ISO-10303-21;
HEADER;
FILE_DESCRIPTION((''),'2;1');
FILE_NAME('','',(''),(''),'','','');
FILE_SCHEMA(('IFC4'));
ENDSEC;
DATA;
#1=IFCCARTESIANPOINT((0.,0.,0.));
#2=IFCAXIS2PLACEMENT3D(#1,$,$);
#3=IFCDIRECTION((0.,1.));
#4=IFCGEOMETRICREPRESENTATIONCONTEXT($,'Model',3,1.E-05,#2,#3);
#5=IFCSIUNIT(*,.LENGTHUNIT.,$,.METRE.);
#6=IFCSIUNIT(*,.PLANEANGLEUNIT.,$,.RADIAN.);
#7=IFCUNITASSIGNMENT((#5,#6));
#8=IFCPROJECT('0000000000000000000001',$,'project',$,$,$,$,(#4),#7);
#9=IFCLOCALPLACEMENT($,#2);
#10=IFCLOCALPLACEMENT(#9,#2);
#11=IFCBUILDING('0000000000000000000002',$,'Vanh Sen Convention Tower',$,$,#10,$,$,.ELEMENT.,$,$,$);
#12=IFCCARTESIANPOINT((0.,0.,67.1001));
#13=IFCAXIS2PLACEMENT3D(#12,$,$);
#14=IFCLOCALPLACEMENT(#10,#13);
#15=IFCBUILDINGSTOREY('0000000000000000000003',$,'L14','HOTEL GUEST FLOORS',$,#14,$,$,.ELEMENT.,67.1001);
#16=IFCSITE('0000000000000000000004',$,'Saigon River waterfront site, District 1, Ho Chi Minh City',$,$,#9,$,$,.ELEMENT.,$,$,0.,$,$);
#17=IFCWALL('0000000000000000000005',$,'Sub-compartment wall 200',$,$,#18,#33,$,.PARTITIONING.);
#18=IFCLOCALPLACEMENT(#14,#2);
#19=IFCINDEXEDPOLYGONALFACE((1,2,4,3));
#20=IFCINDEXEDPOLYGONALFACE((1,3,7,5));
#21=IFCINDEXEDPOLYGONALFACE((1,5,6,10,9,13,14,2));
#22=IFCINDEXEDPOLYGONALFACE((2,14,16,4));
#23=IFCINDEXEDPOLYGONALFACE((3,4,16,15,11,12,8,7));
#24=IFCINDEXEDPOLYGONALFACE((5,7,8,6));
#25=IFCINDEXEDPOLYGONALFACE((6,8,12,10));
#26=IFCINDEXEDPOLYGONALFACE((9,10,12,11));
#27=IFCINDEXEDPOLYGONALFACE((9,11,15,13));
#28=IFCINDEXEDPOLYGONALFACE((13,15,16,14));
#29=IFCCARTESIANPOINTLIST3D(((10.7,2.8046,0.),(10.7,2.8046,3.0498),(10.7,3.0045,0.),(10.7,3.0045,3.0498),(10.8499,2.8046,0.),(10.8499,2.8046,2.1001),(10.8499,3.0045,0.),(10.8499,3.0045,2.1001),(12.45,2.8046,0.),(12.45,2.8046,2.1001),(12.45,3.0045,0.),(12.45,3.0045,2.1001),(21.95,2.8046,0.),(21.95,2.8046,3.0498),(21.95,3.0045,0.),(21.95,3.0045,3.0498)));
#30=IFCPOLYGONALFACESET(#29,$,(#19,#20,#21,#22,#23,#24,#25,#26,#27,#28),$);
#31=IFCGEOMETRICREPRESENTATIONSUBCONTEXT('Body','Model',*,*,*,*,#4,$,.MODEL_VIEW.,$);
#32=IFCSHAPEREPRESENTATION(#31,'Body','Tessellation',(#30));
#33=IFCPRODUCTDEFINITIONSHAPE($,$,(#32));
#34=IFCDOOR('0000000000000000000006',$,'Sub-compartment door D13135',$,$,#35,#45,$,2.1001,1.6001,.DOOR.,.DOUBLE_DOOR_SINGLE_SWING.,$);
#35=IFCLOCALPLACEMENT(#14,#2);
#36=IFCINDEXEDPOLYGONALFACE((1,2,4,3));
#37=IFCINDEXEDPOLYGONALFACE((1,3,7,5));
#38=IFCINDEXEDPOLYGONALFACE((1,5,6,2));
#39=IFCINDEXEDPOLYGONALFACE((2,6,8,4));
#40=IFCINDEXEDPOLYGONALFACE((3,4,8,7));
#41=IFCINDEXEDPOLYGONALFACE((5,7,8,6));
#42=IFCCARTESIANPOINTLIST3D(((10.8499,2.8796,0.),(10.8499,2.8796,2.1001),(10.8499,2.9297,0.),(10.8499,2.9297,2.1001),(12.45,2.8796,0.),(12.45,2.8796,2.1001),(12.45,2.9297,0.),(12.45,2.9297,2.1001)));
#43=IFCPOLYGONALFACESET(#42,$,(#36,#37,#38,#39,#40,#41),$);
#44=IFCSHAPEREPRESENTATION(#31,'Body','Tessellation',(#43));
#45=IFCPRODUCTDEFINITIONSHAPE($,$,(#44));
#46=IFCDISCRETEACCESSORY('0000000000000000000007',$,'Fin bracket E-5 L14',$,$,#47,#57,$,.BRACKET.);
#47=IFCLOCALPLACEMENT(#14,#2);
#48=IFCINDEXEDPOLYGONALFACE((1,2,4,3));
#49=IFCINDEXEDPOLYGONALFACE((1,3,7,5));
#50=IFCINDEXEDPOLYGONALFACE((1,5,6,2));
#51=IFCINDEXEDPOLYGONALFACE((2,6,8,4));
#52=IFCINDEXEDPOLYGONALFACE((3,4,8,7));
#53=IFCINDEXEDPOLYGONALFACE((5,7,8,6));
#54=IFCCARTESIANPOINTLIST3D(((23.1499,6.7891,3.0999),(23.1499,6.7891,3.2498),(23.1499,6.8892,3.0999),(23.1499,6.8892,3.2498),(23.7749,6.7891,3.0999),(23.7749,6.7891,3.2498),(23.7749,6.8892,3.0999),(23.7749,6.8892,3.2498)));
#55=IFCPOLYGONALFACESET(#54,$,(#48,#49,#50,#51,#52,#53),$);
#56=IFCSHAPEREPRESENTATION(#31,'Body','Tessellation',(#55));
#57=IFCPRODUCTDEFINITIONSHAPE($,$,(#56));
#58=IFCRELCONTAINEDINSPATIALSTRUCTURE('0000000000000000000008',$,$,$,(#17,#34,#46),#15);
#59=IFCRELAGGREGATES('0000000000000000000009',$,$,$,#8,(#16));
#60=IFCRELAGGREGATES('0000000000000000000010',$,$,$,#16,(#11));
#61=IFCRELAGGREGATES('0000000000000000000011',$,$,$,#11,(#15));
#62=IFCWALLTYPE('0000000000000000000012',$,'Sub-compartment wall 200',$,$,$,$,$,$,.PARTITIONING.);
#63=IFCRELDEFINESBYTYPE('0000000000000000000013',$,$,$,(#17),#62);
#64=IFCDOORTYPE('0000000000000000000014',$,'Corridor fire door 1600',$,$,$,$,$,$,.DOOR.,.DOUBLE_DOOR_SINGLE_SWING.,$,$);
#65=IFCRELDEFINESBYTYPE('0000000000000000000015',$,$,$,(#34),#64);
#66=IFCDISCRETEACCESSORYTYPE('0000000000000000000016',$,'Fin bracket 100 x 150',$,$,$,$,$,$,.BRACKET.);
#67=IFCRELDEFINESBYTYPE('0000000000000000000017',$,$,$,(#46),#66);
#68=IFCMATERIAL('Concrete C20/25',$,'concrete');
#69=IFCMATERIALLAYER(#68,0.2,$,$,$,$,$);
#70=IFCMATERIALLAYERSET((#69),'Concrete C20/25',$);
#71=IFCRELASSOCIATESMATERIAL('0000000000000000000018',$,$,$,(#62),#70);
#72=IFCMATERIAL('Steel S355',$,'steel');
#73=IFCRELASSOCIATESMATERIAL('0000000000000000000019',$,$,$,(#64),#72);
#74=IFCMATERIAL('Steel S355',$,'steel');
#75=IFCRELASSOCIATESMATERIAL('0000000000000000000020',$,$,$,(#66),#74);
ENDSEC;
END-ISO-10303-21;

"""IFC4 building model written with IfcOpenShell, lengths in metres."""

from ifc_helpers import new_model, si_unit, direction, frame, frame_2d, origin, origin_2d, place, context, subcontext, project, spatial, rectangle, extrude, material, layer, layer_set, type_object, element, fill, save


model = new_model("IFC4")

# Units and contexts
model_context = context("Model", 3, precision=1e-05, world=origin(), true_north=direction((0.0, 1.0)))
body_context = subcontext(model_context, "Body", "Model", "MODEL_VIEW")
ifc_project = project(units=[si_unit("LENGTHUNIT", "METRE"), si_unit("PLANEANGLEUNIT", "RADIAN")], contexts=[model_context])

# Site, building, storey
site_placement = place(None, origin())
site = spatial("IfcSite", under=ifc_project, at=site_placement, Name="Saigon River waterfront site, District 1, Ho Chi Minh City", CompositionType="ELEMENT", RefElevation=0.0)
building_placement = place(site_placement, origin())
building = spatial("IfcBuilding", under=site, at=building_placement, Name="Vanh Sen Convention Tower", CompositionType="ELEMENT")
storey_placement = place(building_placement, frame((0.0, 0.0, 67.1001)))
storey = spatial("IfcBuildingStorey", under=building, at=storey_placement, Name="L14", Description="HOTEL GUEST FLOORS", CompositionType="ELEMENT", Elevation=67.1001)

# Wall, opening, door
ifc_material_1 = material(Name="Concrete C20/25", Category="concrete")
ifc_layer_1 = layer(ifc_material_1, 0.2)
ifc_layer_set_1 = layer_set([ifc_layer_1], Name="Concrete C20/25")
wall_type_1 = type_object("IfcWallType", Name="Sub-compartment wall 200", PredefinedType="PARTITIONING", material=ifc_layer_set_1)
wall_1_placement = place(storey_placement, frame((21.95, 2.9045, 0.0), z_axis=(0.0, 0.0, 1.0), x_axis=(-1.0, 0.0, 0.0)))
wall_1 = element("IfcWall", 1, at=wall_1_placement, inside=storey, type_object=wall_type_1, Name="Sub-compartment wall 200", PredefinedType="PARTITIONING", context=body_context, shape_type="SweptSolid", body=[
    extrude(rectangle(XDim=11.25, YDim=0.2, at=frame_2d((5.625, 0.0))), origin(), (0.0, 0.0, 1.0), 3.0498),
])
opening_1_placement = place(wall_1_placement, frame((9.5, 0.0, 0.0)))
opening_1 = element("IfcOpeningElement", 2, at=opening_1_placement, cuts=wall_1, PredefinedType="OPENING", context=body_context, shape_type="SweptSolid", body=[
    extrude(rectangle(XDim=1.6001, YDim=2.1001, at=frame_2d((0.8, 1.05))), frame((0.0, 0.1099, 0.0), z_axis=(0.0, -1.0, 0.0), x_axis=(1.0, 0.0, 0.0)), (0.0, 0.0, 1.0), 0.22),
])
ifc_material_2 = material(Name="Steel S355", Category="steel")
door_type_1 = type_object("IfcDoorType", Name="Corridor fire door 1600", OperationType="DOUBLE_DOOR_SINGLE_SWING", PredefinedType="DOOR", material=ifc_material_2)
door_1_placement = place(opening_1_placement, origin())
door_1 = element("IfcDoor", 3, at=door_1_placement, inside=storey, type_object=door_type_1, Name="Sub-compartment door D13135", OperationType="DOUBLE_DOOR_SINGLE_SWING", OverallHeight=2.1001, OverallWidth=1.6001, PredefinedType="DOOR", context=body_context, shape_type="SweptSolid", body=[
    extrude(rectangle(XDim=1.6001, YDim=2.1001, at=frame_2d((0.8, 1.05))), frame((0.0, 0.0249, 0.0), z_axis=(0.0, -1.0, 0.0), x_axis=(1.0, 0.0, 0.0)), (0.0, 0.0, 1.0), 0.05),
])
fill(opening_1, door_1)

# Discrete accessory
ifc_material_3 = material(Name="Steel S355", Category="steel")
discrete_accessory_type = type_object("IfcDiscreteAccessoryType", Name="Fin bracket 100 x 150", PredefinedType="BRACKET", material=ifc_material_3)
discrete_accessory_placement = place(storey_placement, frame((23.4624, 6.8391, 3.0999), z_axis=(0.0, 0.0, 1.0), x_axis=(1.0, 0.0, 0.0)))
element("IfcDiscreteAccessory", 4, at=discrete_accessory_placement, inside=storey, type_object=discrete_accessory_type, Name="Fin bracket E-5 L14", PredefinedType="BRACKET", context=body_context, shape_type="SweptSolid", body=[
    extrude(rectangle(XDim=0.625, YDim=0.1001, at=origin_2d()), origin(), (0.0, 0.0, 1.0), 0.1499),
])

save(model, "model.ifc")
